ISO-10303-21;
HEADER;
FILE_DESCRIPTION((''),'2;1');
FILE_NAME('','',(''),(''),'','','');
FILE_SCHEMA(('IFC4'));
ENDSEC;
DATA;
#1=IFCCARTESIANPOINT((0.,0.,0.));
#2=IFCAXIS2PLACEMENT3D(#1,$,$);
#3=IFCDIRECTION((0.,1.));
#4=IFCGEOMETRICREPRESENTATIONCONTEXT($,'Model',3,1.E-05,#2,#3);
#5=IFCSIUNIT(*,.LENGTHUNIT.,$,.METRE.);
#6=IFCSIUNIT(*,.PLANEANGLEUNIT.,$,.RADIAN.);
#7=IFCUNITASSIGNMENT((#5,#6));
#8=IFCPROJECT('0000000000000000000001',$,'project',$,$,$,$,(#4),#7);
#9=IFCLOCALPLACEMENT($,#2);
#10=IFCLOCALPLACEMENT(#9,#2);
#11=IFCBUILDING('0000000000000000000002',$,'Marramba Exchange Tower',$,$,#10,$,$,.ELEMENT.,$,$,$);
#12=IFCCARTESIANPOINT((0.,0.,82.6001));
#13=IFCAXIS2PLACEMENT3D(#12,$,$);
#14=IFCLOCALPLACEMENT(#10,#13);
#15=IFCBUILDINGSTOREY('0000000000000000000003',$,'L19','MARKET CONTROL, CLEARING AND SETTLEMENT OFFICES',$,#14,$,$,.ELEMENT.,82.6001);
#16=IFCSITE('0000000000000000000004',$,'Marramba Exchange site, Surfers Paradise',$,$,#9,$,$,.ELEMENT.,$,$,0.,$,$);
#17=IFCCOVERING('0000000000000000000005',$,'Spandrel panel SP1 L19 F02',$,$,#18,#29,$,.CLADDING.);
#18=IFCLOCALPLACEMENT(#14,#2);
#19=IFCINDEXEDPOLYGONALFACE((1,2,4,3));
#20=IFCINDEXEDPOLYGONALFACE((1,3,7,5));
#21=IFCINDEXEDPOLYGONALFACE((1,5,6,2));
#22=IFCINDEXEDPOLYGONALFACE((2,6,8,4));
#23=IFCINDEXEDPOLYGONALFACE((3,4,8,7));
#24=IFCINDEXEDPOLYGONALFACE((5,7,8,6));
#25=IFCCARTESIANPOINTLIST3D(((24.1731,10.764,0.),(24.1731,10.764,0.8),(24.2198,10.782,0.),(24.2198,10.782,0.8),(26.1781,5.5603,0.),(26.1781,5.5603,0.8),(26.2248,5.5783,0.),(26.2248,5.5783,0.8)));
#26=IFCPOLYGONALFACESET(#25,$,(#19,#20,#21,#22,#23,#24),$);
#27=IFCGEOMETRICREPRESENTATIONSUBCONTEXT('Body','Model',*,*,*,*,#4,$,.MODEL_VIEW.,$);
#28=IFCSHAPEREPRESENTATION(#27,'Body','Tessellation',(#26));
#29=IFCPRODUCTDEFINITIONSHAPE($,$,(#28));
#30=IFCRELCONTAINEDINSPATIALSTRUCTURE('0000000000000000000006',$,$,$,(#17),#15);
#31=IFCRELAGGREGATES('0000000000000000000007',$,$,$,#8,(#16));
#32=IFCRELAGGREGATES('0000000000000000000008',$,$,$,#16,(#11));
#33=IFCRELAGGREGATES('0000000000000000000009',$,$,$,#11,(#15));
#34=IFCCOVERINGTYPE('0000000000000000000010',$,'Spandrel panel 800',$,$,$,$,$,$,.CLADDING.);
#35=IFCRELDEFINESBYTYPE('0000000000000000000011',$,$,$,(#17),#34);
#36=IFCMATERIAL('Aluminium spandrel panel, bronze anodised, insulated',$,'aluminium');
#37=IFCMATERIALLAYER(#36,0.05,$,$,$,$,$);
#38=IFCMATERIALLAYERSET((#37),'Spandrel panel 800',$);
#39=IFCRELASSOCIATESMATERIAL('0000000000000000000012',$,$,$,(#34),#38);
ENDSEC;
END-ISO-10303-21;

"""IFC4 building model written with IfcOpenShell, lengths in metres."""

from ifc_helpers import new_model, si_unit, direction, frame, origin, origin_2d, place, context, subcontext, project, spatial, rectangle, extrude, material, layer, layer_set, type_object, element, save


model = new_model("IFC4")

# Units and contexts
model_context = context("Model", 3, precision=1e-05, world=origin(), true_north=direction((0.0, 1.0)))
body_context = subcontext(model_context, "Body", "Model", "MODEL_VIEW")
ifc_project = project(units=[si_unit("LENGTHUNIT", "METRE"), si_unit("PLANEANGLEUNIT", "RADIAN")], contexts=[model_context])

# Site, building, storey
site_placement = place(None, origin())
site = spatial("IfcSite", under=ifc_project, at=site_placement, Name="Marramba Exchange site, Surfers Paradise", CompositionType="ELEMENT", RefElevation=0.0)
building_placement = place(site_placement, origin())
building = spatial("IfcBuilding", under=site, at=building_placement, Name="Marramba Exchange Tower", CompositionType="ELEMENT")
storey_placement = place(building_placement, frame((0.0, 0.0, 82.6001)))
storey = spatial("IfcBuildingStorey", under=building, at=storey_placement, Name="L19", Description="MARKET CONTROL, CLEARING AND SETTLEMENT OFFICES", CompositionType="ELEMENT", Elevation=82.6001)

# Covering
ifc_material_1 = material(Name="Aluminium spandrel panel, bronze anodised, insulated", Category="aluminium")
ifc_layer_1 = layer(ifc_material_1, 0.05)
ifc_layer_set_1 = layer_set([ifc_layer_1], Name="Spandrel panel 800")
covering_type = type_object("IfcCoveringType", Name="Spandrel panel 800", PredefinedType="CLADDING", material=ifc_layer_set_1)
covering_1_placement = place(storey_placement, frame((25.199, 8.1711, 0.0), z_axis=(0.0, 0.0, 1.0), x_axis=(-0.359526, 0.933135, 0.0)))
element("IfcCovering", 1, at=covering_1_placement, inside=storey, type_object=covering_type, Name="Spandrel panel SP1 L19 F02", PredefinedType="CLADDING", context=body_context, shape_type="SweptSolid", body=[
    extrude(rectangle(XDim=5.5767, YDim=0.05, at=origin_2d()), origin(), (0.0, 0.0, 1.0), 0.8),
])

save(model, "model.ifc")
